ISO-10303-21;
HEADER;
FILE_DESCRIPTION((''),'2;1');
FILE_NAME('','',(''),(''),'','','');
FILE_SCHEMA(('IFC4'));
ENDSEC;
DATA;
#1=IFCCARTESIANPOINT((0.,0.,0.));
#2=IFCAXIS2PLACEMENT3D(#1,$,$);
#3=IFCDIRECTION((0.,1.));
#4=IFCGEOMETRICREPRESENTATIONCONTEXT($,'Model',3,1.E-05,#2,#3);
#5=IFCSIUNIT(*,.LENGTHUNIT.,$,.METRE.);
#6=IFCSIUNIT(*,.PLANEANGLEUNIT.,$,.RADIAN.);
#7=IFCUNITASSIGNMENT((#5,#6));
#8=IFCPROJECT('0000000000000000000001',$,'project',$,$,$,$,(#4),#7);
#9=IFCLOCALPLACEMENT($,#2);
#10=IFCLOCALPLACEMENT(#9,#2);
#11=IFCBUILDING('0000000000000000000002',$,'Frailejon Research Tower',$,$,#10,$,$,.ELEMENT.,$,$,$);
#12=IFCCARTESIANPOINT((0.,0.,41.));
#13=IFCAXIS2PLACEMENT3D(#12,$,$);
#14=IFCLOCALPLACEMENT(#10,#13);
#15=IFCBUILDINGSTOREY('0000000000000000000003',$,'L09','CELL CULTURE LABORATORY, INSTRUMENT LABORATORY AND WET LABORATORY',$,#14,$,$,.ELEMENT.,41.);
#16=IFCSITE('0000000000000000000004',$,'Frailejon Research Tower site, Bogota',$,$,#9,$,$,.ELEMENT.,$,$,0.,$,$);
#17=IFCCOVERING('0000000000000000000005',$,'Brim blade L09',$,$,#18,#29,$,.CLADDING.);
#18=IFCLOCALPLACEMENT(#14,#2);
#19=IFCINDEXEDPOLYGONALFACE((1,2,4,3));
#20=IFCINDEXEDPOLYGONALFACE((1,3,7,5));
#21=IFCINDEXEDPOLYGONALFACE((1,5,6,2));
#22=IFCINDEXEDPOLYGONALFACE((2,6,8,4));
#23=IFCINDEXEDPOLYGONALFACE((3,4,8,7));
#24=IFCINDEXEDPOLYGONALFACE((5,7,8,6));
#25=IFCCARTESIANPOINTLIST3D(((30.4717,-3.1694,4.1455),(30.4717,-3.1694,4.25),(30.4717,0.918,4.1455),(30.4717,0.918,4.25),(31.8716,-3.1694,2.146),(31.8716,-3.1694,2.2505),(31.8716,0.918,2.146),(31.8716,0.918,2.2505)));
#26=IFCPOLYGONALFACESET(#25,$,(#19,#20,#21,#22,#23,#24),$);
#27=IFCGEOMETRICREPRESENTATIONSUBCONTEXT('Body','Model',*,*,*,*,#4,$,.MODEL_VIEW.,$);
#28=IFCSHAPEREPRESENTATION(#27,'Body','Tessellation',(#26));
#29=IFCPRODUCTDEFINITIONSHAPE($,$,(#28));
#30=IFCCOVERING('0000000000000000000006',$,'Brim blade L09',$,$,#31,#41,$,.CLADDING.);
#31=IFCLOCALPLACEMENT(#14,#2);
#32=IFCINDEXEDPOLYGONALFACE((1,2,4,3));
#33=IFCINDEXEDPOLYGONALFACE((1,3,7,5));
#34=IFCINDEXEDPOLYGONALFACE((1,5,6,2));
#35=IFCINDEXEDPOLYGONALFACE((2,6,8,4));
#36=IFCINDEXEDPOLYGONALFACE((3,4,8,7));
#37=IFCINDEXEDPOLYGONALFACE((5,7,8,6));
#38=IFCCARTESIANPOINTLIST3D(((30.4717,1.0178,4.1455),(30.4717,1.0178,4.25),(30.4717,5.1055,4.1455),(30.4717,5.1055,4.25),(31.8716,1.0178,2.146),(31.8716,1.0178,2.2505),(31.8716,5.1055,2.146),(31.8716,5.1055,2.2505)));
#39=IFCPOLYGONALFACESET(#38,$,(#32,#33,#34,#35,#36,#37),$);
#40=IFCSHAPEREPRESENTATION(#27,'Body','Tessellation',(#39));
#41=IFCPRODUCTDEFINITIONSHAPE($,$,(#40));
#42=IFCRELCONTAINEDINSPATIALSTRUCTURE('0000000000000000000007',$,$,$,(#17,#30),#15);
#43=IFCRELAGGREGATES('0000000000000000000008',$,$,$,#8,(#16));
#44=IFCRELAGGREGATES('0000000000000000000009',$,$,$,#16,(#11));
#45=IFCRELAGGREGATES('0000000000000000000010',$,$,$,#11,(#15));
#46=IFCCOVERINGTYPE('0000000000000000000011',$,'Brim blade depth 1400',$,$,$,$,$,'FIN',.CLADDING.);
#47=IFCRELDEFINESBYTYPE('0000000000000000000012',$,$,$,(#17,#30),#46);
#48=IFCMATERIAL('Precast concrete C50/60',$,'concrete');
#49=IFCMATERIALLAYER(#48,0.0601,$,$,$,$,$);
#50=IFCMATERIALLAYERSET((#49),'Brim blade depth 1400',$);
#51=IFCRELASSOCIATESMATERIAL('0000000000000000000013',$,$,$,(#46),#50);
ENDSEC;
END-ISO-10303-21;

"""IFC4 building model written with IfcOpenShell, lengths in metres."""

from ifc_helpers import new_model, si_unit, direction, frame, origin, place, context, subcontext, project, spatial, polyline, outline, extrude, material, layer, layer_set, type_object, element, save


model = new_model("IFC4")

# Units and contexts
model_context = context("Model", 3, precision=1e-05, world=origin(), true_north=direction((0.0, 1.0)))
body_context = subcontext(model_context, "Body", "Model", "MODEL_VIEW")
ifc_project = project(units=[si_unit("LENGTHUNIT", "METRE"), si_unit("PLANEANGLEUNIT", "RADIAN")], contexts=[model_context])

# Site, building, storey
site_placement = place(None, origin())
site = spatial("IfcSite", under=ifc_project, at=site_placement, Name="Frailejon Research Tower site, Bogota", CompositionType="ELEMENT", RefElevation=0.0)
building_placement = place(site_placement, origin())
building = spatial("IfcBuilding", under=site, at=building_placement, Name="Frailejon Research Tower", CompositionType="ELEMENT")
storey_placement = place(building_placement, frame((0.0, 0.0, 41.0)))
storey = spatial("IfcBuildingStorey", under=building, at=storey_placement, Name="L09", Description="CELL CULTURE LABORATORY, INSTRUMENT LABORATORY AND WET LABORATORY", CompositionType="ELEMENT", Elevation=41.0)

# Coverings
ifc_material_1 = material(Name="Precast concrete C50/60", Category="concrete")
ifc_layer_1 = layer(ifc_material_1, 0.0601)
ifc_layer_set_1 = layer_set([ifc_layer_1], Name="Brim blade depth 1400")
covering_type_1 = type_object("IfcCoveringType", Name="Brim blade depth 1400", ElementType="FIN", PredefinedType="CLADDING", material=ifc_layer_set_1)
covering_1_placement = place(storey_placement, frame((30.4717, 0.918, 4.25), z_axis=(0.0, -1.0, 0.0), x_axis=(1.0, 0.0, 0.0)))
element("IfcCovering", 1, at=covering_1_placement, inside=storey, type_object=covering_type_1, Name="Brim blade L09", PredefinedType="CLADDING", context=body_context, shape_type="SweptSolid", body=[
    extrude(outline(polyline([(0.0, -0.1045), (1.3999, -2.104), (1.3999, -1.9995), (0.0, 0.0), (0.0, -0.1045)])), origin(), (0.0, 0.0, 1.0), 4.0874),
])
covering_2_placement = place(storey_placement, frame((30.4717, 5.1055, 4.25), z_axis=(0.0, -1.0, 0.0), x_axis=(1.0, 0.0, 0.0)))
element("IfcCovering", 2, at=covering_2_placement, inside=storey, type_object=covering_type_1, Name="Brim blade L09", PredefinedType="CLADDING", context=body_context, shape_type="SweptSolid", body=[
    extrude(outline(polyline([(0.0, -0.1045), (1.3999, -2.104), (1.3999, -1.9995), (0.0, 0.0), (0.0, -0.1045)])), origin(), (0.0, 0.0, 1.0), 4.0876),
])

save(model, "model.ifc")
